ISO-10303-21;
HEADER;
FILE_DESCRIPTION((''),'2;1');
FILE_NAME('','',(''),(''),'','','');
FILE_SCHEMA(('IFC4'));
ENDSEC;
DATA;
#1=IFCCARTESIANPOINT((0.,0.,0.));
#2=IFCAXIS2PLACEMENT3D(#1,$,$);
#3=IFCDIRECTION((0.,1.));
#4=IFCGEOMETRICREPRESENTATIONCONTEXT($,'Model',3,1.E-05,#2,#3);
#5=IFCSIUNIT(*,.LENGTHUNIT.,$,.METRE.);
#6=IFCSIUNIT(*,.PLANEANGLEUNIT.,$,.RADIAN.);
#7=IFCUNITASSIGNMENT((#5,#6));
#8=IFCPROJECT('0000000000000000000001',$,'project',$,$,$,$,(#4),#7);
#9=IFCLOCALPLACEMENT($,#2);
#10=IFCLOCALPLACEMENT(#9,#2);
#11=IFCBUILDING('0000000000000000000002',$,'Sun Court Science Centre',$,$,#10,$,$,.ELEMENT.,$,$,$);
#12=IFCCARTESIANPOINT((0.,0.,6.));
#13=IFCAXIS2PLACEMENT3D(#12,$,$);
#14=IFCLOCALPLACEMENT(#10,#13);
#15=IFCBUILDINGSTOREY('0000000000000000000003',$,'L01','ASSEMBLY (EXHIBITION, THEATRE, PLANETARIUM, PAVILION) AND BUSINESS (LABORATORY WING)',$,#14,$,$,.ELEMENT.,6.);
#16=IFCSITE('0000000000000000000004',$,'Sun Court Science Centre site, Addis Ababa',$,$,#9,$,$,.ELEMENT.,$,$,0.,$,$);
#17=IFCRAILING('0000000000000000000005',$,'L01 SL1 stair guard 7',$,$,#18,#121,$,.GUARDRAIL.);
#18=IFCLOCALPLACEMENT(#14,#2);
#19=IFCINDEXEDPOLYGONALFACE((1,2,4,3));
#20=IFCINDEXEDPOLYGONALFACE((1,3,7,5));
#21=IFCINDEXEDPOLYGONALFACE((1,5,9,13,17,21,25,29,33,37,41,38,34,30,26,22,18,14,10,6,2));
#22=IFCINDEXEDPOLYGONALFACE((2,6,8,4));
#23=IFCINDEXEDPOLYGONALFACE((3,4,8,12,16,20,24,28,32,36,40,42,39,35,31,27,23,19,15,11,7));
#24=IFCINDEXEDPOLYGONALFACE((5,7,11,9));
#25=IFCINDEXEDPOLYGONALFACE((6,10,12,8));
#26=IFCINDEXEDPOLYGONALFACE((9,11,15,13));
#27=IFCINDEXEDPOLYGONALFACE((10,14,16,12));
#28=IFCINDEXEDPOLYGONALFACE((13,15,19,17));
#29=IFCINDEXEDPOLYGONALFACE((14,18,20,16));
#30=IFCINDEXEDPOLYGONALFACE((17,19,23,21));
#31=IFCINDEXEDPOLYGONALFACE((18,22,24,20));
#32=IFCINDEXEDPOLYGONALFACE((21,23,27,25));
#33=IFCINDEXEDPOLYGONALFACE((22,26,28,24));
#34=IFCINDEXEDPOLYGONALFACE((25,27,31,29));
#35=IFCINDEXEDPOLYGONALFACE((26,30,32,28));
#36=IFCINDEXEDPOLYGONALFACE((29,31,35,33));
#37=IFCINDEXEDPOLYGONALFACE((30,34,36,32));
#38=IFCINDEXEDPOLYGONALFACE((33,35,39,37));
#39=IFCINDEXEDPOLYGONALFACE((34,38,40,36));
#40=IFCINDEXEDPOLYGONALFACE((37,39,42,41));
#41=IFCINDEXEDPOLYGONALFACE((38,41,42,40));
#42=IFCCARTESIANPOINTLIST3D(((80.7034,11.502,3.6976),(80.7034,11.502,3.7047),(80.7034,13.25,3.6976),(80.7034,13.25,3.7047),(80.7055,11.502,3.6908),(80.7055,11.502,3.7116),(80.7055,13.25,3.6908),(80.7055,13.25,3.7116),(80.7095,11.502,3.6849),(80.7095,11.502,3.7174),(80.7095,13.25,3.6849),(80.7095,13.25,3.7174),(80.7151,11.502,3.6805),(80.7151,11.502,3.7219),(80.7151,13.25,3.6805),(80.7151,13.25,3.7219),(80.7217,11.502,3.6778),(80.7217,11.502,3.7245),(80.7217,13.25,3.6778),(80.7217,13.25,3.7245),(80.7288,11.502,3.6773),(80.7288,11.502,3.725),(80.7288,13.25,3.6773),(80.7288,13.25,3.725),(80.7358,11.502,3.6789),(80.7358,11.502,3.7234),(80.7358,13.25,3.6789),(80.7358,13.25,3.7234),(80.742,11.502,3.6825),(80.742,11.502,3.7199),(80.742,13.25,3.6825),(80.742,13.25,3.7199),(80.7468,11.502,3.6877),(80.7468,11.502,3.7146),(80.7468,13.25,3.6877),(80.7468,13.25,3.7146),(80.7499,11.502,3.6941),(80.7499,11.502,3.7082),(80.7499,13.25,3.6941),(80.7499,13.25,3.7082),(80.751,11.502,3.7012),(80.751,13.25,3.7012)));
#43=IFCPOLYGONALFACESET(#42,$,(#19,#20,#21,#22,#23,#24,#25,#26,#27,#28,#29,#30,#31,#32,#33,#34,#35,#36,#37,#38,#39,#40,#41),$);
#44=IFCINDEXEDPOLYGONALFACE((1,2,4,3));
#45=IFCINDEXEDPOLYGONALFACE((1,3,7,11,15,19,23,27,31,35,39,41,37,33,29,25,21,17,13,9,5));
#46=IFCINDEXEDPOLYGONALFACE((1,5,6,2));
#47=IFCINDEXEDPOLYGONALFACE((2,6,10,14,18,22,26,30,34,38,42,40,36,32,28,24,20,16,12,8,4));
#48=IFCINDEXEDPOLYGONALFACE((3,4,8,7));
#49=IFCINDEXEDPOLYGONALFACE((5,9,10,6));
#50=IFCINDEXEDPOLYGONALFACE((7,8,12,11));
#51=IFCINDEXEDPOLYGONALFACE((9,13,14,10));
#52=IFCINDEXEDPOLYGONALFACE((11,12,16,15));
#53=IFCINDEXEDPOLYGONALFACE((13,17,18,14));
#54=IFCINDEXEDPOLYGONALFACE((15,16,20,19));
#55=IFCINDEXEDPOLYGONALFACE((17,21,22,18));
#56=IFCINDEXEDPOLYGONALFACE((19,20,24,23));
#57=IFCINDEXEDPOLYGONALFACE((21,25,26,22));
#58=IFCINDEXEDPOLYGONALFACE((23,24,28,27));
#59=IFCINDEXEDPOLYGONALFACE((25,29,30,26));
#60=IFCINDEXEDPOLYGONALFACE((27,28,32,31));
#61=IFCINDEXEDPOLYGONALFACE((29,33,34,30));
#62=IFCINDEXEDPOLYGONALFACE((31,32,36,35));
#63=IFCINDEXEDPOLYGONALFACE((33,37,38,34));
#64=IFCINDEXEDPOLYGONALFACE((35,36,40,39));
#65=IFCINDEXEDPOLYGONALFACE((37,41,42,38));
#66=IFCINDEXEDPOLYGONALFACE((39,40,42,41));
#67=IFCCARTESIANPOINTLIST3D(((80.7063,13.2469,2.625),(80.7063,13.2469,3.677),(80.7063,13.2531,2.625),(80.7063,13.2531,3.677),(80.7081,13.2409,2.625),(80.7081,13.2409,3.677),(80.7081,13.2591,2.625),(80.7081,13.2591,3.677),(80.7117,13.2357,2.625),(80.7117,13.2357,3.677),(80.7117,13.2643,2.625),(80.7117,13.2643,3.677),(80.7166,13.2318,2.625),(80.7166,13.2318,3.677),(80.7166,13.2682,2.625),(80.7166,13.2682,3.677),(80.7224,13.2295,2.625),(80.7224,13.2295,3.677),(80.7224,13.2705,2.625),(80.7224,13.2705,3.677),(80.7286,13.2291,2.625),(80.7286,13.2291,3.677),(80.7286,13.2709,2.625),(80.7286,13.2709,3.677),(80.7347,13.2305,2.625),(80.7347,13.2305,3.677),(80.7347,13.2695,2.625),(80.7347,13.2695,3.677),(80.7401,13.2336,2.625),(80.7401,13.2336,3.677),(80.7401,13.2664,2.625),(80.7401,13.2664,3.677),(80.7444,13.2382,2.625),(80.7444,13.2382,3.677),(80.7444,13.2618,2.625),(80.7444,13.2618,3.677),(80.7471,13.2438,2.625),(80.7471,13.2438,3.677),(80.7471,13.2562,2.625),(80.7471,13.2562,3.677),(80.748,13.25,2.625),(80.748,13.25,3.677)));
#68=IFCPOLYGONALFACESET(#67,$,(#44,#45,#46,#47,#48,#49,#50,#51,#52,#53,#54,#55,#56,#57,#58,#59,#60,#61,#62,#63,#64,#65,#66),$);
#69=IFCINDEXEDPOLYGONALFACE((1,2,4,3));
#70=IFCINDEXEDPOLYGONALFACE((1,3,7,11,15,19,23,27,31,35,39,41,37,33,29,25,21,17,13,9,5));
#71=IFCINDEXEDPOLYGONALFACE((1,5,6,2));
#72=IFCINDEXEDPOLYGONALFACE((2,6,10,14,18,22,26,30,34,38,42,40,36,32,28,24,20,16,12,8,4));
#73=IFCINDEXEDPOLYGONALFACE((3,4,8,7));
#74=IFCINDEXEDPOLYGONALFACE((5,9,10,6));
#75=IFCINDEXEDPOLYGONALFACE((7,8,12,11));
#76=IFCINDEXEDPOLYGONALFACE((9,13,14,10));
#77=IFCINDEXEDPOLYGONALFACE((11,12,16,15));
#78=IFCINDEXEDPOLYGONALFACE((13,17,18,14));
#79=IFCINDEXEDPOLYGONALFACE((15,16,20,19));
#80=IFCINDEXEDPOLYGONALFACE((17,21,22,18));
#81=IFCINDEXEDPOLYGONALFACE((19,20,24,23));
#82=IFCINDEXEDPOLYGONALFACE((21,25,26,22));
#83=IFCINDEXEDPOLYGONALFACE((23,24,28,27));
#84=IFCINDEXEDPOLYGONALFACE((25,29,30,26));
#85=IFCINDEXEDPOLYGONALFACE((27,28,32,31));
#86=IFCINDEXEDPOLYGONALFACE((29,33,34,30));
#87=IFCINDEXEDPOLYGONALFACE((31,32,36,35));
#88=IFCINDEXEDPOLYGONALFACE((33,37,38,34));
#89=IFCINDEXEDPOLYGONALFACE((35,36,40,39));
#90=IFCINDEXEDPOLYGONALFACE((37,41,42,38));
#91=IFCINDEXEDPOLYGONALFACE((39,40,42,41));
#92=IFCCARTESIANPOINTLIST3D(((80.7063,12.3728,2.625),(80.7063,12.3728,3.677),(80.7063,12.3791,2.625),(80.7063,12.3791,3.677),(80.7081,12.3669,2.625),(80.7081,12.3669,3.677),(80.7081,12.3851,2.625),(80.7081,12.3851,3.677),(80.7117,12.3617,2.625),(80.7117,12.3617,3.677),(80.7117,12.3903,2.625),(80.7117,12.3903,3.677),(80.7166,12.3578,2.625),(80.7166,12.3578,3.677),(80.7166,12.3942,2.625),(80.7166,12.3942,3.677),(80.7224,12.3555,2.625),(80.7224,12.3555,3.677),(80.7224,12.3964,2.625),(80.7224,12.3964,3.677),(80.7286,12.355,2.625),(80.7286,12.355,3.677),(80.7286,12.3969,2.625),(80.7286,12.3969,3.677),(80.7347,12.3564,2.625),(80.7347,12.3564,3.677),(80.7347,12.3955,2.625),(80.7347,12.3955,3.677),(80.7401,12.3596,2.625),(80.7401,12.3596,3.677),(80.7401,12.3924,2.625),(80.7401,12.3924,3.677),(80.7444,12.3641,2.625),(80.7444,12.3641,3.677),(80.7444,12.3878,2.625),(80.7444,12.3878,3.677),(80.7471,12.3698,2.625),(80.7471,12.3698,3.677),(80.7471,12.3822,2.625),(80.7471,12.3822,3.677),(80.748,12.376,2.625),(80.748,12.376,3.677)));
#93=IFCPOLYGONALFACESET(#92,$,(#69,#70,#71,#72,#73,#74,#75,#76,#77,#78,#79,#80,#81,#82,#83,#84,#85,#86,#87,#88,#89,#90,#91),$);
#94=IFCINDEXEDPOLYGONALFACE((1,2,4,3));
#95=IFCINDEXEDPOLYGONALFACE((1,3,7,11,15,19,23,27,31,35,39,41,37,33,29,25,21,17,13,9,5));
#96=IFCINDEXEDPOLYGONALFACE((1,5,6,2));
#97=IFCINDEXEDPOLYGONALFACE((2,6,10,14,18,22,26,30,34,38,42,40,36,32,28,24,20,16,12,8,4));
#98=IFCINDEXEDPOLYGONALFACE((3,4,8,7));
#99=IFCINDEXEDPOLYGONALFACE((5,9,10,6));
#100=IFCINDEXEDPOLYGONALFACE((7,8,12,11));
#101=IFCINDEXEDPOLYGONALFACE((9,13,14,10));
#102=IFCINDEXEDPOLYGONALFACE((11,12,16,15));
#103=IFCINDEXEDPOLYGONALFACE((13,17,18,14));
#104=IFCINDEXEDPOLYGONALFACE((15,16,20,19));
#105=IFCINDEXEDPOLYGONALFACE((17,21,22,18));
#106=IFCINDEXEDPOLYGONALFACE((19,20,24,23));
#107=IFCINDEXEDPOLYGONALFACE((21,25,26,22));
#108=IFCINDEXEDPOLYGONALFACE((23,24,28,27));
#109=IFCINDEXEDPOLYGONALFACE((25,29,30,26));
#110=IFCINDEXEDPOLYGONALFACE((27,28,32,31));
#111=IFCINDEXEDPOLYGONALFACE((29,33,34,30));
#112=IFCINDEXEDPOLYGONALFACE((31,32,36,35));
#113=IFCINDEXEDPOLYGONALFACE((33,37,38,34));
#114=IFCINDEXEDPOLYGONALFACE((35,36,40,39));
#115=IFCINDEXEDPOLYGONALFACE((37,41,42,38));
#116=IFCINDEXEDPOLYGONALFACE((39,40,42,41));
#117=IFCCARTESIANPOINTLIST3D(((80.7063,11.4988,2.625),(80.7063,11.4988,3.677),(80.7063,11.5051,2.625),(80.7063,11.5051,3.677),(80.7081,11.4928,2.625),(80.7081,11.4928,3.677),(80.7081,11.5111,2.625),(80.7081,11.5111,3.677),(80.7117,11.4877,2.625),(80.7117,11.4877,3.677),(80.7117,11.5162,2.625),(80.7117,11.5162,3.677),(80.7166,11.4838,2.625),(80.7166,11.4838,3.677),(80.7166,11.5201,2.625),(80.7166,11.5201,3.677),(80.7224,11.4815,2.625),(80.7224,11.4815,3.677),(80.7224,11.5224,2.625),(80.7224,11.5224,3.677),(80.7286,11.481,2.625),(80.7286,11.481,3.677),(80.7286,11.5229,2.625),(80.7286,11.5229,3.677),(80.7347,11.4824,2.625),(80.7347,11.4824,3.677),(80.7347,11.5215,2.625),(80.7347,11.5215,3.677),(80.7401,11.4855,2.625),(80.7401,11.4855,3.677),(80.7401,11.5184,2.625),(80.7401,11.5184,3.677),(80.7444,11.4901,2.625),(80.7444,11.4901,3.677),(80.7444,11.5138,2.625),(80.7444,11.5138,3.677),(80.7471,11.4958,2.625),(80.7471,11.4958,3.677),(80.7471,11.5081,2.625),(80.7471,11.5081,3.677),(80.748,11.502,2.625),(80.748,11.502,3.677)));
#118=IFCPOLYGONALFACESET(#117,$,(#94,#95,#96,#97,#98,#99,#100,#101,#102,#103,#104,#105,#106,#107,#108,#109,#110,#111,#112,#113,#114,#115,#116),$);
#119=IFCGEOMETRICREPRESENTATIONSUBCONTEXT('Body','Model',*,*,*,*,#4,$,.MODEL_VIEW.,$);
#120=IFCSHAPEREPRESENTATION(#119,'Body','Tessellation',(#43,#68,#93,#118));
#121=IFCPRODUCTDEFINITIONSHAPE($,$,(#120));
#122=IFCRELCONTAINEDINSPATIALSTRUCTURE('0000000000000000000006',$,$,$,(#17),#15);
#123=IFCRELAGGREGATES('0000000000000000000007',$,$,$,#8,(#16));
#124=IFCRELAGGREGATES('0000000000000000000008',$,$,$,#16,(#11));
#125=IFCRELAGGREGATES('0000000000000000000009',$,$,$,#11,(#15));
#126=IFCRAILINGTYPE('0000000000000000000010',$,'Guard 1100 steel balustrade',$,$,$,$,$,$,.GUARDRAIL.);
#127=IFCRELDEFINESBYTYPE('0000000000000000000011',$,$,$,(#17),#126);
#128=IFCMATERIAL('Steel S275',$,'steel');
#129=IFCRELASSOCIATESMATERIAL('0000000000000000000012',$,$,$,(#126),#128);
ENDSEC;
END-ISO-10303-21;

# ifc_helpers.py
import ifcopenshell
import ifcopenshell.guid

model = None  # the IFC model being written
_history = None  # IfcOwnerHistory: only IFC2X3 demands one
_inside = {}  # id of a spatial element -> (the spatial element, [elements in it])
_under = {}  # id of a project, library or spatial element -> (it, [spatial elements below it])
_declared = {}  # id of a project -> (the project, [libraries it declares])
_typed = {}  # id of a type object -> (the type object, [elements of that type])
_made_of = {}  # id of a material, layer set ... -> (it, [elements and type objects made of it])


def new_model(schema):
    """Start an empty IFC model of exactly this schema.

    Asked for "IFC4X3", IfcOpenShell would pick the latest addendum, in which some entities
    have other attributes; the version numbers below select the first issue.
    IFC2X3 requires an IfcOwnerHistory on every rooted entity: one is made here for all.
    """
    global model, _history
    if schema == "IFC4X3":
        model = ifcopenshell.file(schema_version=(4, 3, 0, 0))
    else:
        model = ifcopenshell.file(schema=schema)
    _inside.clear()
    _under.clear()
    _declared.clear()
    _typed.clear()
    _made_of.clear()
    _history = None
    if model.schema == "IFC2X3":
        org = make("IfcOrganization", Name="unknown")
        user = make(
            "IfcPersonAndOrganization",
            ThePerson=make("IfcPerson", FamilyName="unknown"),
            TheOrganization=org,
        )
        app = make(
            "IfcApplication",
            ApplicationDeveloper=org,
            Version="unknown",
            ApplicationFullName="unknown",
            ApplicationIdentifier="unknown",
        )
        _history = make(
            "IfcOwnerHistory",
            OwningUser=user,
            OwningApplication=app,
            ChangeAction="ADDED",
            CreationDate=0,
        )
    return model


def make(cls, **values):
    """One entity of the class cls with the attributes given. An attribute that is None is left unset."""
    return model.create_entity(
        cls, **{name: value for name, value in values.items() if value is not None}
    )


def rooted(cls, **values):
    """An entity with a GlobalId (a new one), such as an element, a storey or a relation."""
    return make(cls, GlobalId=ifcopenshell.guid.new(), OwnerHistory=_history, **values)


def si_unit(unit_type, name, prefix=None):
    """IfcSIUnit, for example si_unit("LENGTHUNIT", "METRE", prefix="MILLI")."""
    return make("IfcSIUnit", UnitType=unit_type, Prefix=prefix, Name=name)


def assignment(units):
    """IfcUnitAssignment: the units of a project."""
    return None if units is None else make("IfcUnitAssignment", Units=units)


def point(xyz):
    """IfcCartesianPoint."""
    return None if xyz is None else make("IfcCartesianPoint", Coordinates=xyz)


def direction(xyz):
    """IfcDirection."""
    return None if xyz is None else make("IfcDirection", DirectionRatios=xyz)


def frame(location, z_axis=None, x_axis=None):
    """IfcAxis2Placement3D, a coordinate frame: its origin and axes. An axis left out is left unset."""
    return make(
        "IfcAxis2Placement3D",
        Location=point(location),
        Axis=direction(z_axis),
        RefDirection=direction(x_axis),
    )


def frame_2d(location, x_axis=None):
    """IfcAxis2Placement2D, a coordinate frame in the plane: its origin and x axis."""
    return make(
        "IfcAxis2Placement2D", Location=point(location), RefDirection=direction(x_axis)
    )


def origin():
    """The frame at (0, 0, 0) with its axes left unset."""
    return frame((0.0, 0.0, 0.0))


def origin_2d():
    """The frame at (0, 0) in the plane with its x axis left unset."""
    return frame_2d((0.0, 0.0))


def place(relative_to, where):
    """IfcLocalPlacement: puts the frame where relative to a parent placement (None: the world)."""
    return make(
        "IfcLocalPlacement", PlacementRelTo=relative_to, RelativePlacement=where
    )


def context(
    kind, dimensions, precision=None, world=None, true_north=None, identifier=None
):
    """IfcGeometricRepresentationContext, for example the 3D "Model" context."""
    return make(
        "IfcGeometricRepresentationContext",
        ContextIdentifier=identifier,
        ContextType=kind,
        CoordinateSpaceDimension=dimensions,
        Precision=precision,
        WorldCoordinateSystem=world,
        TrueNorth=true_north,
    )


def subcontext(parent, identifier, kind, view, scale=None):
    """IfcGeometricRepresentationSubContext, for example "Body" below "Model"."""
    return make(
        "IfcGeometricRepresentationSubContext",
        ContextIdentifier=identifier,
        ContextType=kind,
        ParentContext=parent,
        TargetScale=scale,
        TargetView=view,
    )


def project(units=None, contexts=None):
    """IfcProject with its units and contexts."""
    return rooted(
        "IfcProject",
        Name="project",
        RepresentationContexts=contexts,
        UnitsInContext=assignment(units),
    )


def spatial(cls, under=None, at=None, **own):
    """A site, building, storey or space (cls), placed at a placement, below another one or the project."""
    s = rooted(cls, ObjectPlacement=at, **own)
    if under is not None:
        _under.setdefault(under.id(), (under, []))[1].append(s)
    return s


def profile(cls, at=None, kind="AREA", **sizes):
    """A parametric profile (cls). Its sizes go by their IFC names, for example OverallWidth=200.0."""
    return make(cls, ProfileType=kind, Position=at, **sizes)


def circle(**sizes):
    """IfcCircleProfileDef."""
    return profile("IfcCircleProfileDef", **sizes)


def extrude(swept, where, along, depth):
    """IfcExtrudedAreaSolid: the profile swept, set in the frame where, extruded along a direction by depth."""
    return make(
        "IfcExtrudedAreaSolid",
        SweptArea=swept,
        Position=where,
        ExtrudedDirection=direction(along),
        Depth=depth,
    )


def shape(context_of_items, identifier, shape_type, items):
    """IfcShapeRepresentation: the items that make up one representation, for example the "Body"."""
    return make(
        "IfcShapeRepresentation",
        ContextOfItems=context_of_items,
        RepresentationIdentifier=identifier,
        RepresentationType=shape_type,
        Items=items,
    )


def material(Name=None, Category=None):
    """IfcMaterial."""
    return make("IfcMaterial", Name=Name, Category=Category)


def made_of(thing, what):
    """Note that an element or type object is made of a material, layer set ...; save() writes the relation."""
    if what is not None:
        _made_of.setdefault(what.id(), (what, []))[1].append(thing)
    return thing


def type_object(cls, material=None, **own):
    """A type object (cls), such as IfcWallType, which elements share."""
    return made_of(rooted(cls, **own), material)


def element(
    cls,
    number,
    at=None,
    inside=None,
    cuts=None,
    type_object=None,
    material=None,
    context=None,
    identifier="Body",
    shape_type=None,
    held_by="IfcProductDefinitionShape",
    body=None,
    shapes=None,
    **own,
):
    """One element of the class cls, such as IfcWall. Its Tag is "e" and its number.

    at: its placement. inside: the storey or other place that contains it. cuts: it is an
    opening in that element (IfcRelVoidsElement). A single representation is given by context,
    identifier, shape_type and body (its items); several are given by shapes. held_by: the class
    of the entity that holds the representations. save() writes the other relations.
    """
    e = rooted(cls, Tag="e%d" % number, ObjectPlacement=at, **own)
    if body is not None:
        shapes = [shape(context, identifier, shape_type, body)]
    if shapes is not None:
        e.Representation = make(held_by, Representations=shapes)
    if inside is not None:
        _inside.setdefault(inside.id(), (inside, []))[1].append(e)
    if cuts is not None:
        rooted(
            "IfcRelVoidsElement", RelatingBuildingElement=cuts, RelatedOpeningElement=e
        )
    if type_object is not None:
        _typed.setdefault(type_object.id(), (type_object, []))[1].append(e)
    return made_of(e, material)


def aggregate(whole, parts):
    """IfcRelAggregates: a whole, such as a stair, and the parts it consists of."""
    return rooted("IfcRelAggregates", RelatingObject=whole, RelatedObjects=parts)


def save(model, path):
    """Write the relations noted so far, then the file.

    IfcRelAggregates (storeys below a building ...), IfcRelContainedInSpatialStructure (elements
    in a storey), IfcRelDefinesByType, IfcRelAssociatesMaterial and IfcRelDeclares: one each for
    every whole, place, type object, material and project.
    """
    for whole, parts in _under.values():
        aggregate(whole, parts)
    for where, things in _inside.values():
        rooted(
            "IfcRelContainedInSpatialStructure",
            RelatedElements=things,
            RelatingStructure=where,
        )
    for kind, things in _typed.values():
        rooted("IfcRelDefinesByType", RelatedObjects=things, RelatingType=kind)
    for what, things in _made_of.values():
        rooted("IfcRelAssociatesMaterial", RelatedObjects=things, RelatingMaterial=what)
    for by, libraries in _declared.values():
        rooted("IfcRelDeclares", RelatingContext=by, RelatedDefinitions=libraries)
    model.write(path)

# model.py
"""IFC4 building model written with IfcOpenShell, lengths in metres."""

from ifc_helpers import new_model, si_unit, direction, frame, origin, origin_2d, place, context, subcontext, project, spatial, circle, extrude, material, type_object, element, save


model = new_model("IFC4")

# Units and contexts
model_context = context("Model", 3, precision=1e-05, world=origin(), true_north=direction((0.0, 1.0)))
body_context = subcontext(model_context, "Body", "Model", "MODEL_VIEW")
ifc_project = project(units=[si_unit("LENGTHUNIT", "METRE"), si_unit("PLANEANGLEUNIT", "RADIAN")], contexts=[model_context])

# Site, building, storey
site_placement = place(None, origin())
site = spatial("IfcSite", under=ifc_project, at=site_placement, Name="Sun Court Science Centre site, Addis Ababa", CompositionType="ELEMENT", RefElevation=0.0)
building_placement = place(site_placement, origin())
building = spatial("IfcBuilding", under=site, at=building_placement, Name="Sun Court Science Centre", CompositionType="ELEMENT")
storey_placement = place(building_placement, frame((0.0, 0.0, 6.0)))
storey = spatial("IfcBuildingStorey", under=building, at=storey_placement, Name="L01", Description="ASSEMBLY (EXHIBITION, THEATRE, PLANETARIUM, PAVILION) AND BUSINESS (LABORATORY WING)", CompositionType="ELEMENT", Elevation=6.0)

# Railing
ifc_material_1 = material(Name="Steel S275", Category="steel")
railing_type_1 = type_object("IfcRailingType", Name="Guard 1100 steel balustrade", PredefinedType="GUARDRAIL", material=ifc_material_1)
railing_1_placement = place(storey_placement, frame((80.7271, 13.25, 2.625)))
element("IfcRailing", 1, at=railing_1_placement, inside=storey, type_object=railing_type_1, Name="L01 SL1 stair guard 7", PredefinedType="GUARDRAIL", context=body_context, shape_type="SweptSolid", body=[
    extrude(circle(Radius=0.0239, at=origin_2d()), frame((0.0, 0.0, 1.0762), z_axis=(0.0, -1.0, 0.0), x_axis=(1.0, 0.0, 0.0)), (0.0, 0.0, 1.0), 1.748),
    extrude(circle(Radius=0.021, at=origin_2d()), origin(), (0.0, 0.0, 1.0), 1.052),
    extrude(circle(Radius=0.021, at=origin_2d()), frame((0.0, -0.874, 0.0)), (0.0, 0.0, 1.0), 1.052),
    extrude(circle(Radius=0.021, at=origin_2d()), frame((0.0, -1.748, 0.0)), (0.0, 0.0, 1.0), 1.052),
])

save(model, "model.ifc")
